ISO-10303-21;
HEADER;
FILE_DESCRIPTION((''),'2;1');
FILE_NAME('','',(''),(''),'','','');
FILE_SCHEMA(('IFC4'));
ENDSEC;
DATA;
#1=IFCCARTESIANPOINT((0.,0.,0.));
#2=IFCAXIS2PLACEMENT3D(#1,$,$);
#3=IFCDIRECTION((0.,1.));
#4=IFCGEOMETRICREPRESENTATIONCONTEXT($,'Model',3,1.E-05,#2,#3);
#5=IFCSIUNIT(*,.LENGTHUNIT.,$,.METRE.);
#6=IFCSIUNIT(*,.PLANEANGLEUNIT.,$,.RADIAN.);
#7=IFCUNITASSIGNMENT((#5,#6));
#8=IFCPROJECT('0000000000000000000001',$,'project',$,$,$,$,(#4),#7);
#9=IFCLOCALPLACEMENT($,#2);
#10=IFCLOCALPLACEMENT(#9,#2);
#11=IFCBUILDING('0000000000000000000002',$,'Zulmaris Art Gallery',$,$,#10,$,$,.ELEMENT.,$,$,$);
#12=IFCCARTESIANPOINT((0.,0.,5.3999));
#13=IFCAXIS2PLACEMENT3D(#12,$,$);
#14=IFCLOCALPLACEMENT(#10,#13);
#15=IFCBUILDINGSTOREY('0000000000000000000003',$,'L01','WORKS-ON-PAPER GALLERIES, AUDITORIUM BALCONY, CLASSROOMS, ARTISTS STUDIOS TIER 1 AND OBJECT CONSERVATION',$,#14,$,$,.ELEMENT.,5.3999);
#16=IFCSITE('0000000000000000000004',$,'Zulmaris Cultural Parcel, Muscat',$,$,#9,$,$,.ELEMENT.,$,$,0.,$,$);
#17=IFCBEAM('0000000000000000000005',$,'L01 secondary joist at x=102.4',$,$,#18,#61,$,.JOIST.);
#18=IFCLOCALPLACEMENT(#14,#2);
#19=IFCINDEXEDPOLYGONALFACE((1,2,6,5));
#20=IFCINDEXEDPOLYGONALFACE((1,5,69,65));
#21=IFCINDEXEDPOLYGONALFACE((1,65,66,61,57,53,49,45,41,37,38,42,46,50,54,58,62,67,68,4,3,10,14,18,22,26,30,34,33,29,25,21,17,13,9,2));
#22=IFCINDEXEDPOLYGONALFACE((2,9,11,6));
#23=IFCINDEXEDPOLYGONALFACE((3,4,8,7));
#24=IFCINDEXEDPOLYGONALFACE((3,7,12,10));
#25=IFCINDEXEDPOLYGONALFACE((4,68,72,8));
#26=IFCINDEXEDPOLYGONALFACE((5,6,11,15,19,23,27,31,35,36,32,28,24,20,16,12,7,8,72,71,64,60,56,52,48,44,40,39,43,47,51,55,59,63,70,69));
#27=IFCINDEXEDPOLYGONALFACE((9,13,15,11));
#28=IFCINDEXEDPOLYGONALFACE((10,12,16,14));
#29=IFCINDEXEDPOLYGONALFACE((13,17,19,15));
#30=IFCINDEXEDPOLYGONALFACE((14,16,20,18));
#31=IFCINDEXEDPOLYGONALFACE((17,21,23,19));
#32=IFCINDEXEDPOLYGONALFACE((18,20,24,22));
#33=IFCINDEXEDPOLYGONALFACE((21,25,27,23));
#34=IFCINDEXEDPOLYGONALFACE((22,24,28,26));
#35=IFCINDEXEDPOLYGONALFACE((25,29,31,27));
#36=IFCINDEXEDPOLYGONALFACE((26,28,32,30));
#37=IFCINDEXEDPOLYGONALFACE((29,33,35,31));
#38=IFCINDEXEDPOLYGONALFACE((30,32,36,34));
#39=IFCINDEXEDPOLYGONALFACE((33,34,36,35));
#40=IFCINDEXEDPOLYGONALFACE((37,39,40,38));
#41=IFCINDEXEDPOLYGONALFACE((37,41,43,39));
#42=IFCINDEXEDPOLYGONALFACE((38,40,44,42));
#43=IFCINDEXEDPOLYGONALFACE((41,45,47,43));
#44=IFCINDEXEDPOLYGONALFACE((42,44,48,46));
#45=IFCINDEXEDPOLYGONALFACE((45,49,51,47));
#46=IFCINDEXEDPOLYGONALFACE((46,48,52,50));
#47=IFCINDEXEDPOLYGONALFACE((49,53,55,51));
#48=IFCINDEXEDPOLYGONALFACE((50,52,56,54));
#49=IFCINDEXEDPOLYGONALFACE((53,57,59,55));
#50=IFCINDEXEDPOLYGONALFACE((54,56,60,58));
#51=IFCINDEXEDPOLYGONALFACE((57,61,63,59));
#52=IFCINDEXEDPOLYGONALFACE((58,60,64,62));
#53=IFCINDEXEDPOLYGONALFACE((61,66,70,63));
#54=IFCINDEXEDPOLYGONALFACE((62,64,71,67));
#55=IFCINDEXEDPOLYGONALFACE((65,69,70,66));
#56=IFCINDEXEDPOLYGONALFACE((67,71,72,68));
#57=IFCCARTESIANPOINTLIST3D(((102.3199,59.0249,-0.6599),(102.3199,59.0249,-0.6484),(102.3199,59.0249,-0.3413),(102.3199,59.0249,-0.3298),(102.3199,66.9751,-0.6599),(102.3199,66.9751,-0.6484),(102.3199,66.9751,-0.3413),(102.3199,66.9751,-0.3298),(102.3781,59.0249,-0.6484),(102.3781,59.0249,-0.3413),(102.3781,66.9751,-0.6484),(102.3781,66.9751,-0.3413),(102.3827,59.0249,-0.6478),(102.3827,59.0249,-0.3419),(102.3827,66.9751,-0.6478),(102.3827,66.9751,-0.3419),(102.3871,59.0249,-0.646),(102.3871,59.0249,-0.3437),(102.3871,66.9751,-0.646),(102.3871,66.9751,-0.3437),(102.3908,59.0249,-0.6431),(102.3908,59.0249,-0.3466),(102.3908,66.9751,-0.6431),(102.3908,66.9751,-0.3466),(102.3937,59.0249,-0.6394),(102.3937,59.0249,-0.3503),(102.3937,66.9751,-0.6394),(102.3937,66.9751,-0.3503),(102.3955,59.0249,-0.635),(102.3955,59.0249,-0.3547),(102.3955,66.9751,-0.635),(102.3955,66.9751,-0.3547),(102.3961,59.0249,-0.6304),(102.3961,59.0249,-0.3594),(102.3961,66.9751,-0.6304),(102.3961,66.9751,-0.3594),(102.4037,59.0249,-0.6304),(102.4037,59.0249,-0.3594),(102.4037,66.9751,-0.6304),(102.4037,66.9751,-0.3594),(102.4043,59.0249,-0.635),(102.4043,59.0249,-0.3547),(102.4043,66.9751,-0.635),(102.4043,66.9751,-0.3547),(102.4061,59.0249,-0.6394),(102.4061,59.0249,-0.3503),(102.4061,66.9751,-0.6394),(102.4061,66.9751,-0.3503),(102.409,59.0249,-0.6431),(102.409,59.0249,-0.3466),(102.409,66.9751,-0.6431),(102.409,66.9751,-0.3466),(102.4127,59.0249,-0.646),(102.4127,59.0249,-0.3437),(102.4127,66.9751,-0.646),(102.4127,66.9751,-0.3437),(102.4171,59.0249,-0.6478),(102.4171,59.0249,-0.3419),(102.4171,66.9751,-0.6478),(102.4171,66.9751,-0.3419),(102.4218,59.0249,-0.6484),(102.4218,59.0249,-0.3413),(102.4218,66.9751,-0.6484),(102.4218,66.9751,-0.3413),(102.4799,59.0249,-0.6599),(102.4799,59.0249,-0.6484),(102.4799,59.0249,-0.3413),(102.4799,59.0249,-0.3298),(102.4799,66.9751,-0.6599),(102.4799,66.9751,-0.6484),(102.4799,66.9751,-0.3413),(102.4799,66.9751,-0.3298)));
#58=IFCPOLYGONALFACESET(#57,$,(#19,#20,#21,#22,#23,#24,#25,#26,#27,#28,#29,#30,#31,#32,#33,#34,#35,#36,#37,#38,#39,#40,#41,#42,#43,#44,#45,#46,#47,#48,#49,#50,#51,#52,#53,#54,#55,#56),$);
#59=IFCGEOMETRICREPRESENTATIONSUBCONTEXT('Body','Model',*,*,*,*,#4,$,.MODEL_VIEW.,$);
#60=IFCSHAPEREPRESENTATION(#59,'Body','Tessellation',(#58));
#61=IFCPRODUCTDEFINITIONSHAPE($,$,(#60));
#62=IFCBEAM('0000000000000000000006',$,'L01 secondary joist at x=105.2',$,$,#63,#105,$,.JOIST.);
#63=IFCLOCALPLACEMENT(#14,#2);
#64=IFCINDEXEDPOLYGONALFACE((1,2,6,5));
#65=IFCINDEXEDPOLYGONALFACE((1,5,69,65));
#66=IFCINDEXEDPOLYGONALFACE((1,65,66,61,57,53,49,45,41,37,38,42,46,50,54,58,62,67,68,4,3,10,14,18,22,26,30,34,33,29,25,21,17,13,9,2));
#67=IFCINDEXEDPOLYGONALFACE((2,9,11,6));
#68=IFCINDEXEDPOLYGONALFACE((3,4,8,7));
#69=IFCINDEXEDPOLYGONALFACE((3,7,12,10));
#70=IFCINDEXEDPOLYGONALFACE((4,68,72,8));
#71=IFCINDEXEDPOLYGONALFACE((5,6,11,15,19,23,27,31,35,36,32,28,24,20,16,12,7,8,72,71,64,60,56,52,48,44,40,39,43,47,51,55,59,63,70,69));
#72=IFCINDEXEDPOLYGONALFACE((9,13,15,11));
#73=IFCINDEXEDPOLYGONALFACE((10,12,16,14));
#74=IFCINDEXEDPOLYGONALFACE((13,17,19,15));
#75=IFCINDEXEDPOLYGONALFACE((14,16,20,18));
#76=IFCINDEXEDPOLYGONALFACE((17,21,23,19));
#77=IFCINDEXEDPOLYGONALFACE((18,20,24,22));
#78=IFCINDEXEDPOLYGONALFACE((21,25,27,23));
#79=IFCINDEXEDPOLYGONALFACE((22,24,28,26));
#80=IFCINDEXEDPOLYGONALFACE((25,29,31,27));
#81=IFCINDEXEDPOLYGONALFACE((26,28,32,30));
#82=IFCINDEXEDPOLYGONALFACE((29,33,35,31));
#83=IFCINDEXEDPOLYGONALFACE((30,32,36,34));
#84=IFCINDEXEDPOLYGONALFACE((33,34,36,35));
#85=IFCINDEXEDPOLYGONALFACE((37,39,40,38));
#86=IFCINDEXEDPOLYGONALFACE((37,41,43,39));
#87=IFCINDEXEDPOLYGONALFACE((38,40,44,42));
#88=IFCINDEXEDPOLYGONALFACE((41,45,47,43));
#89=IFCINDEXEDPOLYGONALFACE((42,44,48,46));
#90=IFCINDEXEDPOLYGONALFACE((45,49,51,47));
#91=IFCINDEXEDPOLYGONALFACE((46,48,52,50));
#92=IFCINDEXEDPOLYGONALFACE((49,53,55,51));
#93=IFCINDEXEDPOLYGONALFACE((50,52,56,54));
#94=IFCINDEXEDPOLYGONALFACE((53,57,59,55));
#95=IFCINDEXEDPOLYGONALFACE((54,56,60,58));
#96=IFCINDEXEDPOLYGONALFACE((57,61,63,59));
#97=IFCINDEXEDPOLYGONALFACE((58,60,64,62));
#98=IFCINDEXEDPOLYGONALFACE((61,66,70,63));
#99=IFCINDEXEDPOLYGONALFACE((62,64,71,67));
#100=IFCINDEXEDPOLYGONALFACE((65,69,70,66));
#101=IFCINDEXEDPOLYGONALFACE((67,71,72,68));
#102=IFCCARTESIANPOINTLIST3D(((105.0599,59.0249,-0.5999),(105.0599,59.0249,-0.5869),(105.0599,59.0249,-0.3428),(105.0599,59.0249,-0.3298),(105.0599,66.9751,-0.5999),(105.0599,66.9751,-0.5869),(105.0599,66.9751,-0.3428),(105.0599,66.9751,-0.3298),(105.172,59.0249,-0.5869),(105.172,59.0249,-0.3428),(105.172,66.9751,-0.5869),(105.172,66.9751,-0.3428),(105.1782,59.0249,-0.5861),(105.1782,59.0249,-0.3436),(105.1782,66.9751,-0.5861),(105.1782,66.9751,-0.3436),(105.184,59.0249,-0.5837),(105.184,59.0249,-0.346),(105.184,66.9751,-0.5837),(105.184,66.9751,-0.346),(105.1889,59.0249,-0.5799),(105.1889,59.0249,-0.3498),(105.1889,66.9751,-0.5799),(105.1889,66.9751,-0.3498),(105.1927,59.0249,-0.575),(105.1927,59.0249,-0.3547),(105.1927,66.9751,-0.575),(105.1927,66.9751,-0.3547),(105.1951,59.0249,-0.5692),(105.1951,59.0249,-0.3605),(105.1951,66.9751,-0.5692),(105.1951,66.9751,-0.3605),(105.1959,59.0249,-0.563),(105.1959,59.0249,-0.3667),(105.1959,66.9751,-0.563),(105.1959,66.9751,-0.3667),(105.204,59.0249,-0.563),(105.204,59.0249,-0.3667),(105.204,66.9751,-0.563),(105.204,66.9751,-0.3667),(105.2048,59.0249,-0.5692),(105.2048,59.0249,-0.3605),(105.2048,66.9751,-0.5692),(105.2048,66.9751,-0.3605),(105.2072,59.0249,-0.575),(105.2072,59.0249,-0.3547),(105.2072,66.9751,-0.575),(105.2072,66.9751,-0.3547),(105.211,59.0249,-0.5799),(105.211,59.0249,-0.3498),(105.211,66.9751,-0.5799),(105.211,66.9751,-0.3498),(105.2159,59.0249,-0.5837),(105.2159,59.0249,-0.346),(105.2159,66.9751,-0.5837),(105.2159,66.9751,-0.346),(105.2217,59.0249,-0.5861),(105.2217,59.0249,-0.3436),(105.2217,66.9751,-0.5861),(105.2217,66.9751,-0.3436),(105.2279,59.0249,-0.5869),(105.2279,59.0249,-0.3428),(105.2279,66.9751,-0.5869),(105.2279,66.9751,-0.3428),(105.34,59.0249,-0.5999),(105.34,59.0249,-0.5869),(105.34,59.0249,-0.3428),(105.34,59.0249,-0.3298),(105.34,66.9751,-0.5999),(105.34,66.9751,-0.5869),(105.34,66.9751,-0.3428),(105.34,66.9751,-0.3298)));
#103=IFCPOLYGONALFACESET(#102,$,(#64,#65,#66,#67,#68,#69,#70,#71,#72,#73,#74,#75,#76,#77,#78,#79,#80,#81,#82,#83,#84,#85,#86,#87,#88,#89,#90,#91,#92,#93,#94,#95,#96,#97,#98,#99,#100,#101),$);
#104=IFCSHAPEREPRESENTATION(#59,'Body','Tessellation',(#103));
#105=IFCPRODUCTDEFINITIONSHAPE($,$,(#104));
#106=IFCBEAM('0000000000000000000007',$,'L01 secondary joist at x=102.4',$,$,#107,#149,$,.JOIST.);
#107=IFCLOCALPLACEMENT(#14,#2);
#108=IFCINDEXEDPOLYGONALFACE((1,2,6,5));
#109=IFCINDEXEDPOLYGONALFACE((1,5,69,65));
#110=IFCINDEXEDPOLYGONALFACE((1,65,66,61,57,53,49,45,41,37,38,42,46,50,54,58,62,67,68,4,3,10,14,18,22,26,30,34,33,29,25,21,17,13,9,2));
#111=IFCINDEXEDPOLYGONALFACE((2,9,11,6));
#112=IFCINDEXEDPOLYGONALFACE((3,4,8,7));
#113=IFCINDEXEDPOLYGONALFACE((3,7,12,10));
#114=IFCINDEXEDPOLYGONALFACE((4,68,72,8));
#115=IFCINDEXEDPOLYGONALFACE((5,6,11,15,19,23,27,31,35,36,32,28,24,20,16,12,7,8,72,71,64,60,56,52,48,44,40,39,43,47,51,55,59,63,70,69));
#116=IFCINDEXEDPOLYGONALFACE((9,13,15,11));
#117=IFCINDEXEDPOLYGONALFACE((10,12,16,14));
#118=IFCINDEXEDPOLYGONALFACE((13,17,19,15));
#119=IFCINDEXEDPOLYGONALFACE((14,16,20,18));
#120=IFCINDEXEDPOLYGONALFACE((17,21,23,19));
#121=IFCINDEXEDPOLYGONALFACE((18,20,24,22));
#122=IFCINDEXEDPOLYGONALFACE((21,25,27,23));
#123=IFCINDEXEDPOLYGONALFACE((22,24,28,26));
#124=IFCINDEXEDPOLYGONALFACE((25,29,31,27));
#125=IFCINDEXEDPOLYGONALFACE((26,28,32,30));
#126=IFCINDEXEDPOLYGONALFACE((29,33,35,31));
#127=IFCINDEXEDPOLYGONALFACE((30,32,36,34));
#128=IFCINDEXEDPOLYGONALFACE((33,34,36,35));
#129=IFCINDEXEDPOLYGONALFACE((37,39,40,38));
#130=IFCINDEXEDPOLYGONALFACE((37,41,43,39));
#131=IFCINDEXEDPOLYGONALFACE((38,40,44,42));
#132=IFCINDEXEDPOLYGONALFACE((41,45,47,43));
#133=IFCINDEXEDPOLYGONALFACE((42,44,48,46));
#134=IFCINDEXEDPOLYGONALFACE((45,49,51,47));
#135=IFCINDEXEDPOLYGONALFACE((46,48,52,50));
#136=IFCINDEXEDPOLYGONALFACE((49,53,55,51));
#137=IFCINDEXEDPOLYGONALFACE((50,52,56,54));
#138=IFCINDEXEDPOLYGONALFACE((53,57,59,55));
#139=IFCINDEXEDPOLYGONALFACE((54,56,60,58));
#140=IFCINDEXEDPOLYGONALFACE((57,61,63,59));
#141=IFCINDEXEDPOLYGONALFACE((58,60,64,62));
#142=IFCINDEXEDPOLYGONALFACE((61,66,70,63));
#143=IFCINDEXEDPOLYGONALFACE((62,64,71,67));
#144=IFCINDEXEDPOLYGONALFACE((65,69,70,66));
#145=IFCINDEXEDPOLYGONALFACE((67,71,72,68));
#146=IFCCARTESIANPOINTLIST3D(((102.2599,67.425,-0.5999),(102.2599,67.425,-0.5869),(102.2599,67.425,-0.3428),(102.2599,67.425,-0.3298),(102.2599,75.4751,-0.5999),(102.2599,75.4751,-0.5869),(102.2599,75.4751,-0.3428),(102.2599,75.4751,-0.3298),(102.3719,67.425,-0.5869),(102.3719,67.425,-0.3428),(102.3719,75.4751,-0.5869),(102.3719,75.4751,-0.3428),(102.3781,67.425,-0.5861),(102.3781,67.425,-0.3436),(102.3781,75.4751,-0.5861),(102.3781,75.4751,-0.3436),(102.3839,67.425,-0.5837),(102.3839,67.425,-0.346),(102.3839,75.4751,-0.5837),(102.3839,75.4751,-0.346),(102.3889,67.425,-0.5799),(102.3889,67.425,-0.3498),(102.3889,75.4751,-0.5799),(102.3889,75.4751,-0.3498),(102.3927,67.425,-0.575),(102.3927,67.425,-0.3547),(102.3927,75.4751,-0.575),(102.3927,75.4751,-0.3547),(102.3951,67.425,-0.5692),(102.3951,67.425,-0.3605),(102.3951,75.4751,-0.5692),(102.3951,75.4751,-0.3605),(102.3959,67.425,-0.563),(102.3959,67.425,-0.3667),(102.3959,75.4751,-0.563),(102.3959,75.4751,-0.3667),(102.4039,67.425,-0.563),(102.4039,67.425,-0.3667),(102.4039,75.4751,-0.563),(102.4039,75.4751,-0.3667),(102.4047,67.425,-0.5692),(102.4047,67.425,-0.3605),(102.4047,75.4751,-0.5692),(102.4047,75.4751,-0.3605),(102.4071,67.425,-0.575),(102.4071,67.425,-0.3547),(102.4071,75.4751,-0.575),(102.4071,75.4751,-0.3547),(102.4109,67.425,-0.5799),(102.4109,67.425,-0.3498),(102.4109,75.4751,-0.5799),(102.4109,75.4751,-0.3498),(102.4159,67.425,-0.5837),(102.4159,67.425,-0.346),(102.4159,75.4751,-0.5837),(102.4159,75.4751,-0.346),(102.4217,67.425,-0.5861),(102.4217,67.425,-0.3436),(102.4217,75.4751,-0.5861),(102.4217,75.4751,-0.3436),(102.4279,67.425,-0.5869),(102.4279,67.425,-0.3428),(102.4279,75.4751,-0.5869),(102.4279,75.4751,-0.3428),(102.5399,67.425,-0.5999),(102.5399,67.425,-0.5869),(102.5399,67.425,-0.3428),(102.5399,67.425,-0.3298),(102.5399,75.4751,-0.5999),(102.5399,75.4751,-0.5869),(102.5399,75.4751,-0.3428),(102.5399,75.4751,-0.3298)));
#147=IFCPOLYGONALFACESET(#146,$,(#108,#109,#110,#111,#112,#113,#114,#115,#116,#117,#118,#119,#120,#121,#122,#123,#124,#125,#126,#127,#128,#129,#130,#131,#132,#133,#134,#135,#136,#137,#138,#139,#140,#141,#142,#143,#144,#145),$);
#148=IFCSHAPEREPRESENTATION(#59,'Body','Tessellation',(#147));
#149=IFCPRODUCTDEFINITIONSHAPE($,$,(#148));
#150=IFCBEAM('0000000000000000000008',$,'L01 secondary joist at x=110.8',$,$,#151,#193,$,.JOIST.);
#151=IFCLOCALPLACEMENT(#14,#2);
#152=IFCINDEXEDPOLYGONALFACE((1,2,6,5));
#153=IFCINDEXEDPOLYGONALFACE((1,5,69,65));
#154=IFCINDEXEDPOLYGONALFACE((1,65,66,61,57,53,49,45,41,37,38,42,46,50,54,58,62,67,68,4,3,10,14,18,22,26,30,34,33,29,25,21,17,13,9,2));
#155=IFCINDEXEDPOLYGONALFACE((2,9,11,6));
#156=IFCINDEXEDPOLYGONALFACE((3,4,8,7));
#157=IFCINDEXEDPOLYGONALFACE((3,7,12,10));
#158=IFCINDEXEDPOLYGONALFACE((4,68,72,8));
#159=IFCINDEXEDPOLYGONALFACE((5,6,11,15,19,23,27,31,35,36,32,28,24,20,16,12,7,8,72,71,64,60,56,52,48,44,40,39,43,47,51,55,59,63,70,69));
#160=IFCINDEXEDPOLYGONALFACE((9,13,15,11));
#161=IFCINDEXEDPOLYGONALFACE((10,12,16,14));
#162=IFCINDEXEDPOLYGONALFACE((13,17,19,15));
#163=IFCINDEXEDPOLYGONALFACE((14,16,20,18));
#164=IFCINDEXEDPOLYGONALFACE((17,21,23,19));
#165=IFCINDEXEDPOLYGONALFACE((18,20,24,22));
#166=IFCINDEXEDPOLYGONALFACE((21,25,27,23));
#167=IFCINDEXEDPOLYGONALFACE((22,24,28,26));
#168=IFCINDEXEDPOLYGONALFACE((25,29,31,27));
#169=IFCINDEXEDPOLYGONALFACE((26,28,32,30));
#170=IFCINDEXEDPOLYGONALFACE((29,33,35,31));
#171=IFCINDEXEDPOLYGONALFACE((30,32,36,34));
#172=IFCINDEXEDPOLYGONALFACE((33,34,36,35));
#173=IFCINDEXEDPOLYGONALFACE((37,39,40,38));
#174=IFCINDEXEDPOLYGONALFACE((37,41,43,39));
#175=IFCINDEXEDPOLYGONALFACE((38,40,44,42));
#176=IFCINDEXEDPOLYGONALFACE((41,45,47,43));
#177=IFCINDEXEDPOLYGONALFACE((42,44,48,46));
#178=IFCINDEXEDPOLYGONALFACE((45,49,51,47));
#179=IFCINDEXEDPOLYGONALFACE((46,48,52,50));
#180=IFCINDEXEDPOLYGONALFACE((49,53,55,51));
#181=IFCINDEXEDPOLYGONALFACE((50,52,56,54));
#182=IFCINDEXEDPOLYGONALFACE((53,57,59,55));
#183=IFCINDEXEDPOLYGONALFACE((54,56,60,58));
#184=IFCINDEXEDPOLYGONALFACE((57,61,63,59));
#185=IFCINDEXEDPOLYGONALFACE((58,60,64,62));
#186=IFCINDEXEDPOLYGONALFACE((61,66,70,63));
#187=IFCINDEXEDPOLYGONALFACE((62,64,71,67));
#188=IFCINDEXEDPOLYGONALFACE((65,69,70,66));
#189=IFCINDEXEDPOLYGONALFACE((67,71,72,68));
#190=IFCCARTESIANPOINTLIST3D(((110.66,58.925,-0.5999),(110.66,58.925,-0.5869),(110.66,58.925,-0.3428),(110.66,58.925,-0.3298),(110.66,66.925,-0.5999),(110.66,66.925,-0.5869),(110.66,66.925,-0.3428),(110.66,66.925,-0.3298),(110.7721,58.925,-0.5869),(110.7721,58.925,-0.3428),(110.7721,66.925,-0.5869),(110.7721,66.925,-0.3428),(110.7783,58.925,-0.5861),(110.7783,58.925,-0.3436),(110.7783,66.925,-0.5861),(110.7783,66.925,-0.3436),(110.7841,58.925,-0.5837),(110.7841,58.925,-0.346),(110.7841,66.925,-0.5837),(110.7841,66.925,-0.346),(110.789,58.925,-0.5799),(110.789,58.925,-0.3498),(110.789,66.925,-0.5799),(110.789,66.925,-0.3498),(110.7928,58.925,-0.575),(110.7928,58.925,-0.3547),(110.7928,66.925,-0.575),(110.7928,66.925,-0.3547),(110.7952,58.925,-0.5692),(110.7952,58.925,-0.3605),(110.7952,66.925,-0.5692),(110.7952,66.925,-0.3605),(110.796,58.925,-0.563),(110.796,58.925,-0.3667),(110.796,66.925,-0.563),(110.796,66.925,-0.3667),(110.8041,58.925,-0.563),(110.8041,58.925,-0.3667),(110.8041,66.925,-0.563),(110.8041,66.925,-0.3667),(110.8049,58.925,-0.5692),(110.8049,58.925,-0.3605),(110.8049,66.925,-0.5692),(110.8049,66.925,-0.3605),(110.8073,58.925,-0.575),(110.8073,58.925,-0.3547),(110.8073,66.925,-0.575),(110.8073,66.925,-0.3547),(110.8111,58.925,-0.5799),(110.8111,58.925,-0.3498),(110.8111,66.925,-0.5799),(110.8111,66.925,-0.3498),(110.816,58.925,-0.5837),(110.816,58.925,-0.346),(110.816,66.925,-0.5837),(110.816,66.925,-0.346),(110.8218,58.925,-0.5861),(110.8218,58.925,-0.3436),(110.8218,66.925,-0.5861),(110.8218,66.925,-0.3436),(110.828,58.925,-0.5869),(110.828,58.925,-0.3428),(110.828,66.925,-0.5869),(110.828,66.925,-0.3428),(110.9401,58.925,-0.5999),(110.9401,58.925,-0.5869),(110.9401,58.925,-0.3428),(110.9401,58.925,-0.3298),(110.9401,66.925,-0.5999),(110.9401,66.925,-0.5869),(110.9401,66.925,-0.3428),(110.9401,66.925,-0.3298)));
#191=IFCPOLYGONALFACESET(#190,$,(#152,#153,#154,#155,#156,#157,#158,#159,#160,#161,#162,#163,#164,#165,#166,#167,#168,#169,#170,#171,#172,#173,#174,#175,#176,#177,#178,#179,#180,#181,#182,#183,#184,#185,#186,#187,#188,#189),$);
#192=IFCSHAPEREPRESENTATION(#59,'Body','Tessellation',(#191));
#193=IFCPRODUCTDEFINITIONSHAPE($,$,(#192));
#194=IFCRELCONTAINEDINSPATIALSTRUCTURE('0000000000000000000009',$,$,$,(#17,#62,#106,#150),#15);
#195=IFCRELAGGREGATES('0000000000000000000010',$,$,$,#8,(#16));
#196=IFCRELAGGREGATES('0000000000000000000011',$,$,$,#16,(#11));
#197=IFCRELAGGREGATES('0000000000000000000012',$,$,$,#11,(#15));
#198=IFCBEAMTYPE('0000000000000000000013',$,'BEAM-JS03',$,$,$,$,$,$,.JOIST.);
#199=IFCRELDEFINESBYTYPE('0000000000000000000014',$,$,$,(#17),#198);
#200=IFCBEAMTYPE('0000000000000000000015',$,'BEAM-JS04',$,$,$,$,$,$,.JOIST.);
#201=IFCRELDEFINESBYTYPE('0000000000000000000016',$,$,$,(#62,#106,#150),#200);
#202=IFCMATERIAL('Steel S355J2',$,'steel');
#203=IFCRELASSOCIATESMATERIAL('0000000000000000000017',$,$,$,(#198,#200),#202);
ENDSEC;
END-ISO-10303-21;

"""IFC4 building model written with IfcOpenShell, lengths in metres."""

from ifc_helpers import new_model, si_unit, direction, frame, origin, origin_2d, place, context, subcontext, project, spatial, i_section, extrude, material, material_profile, profile_set, type_object, element, save


model = new_model("IFC4")

# Units and contexts
model_context = context("Model", 3, precision=1e-05, world=origin(), true_north=direction((0.0, 1.0)))
body_context = subcontext(model_context, "Body", "Model", "MODEL_VIEW")
ifc_project = project(units=[si_unit("LENGTHUNIT", "METRE"), si_unit("PLANEANGLEUNIT", "RADIAN")], contexts=[model_context])

# Site, building, storey
site_placement = place(None, origin())
site = spatial("IfcSite", under=ifc_project, at=site_placement, Name="Zulmaris Cultural Parcel, Muscat", CompositionType="ELEMENT", RefElevation=0.0)
building_placement = place(site_placement, origin())
building = spatial("IfcBuilding", under=site, at=building_placement, Name="Zulmaris Art Gallery", CompositionType="ELEMENT")
storey_placement = place(building_placement, frame((0.0, 0.0, 5.3999)))
storey = spatial("IfcBuildingStorey", under=building, at=storey_placement, Name="L01", Description="WORKS-ON-PAPER GALLERIES, AUDITORIUM BALCONY, CLASSROOMS, ARTISTS STUDIOS TIER 1 AND OBJECT CONSERVATION", CompositionType="ELEMENT", Elevation=5.3999)

# Beams
ifc_material_1 = material(Name="Steel S355J2", Category="steel")
ifc_material_profile_1 = material_profile(ifc_material_1, i_section(OverallWidth=0.1599, OverallDepth=0.3301, WebThickness=0.0076, FlangeThickness=0.0115, FilletRadius=0.0181, at=origin_2d()), Name="IPE 330")
ifc_profile_set_1 = profile_set([ifc_material_profile_1], Name="Steel S355J2")
beam_type_1 = type_object("IfcBeamType", Name="BEAM-JS03", PredefinedType="JOIST", material=ifc_profile_set_1)
beam_1_placement = place(storey_placement, frame((102.3999, 59.0249, -0.4949), z_axis=(0.0, 1.0, 0.0), x_axis=(-1.0, 0.0, 0.0)))
element("IfcBeam", 1, at=beam_1_placement, inside=storey, type_object=beam_type_1, Name="L01 secondary joist at x=102.4", PredefinedType="JOIST", context=body_context, shape_type="SweptSolid", body=[
    extrude(i_section(OverallWidth=0.1599, OverallDepth=0.3301, WebThickness=0.0076, FlangeThickness=0.0115, FilletRadius=0.0181, at=origin_2d()), origin(), (0.0, 0.0, 1.0), 7.9502),
])
ifc_material_profile_2 = material_profile(ifc_material_1, i_section(OverallWidth=0.28, OverallDepth=0.27, WebThickness=0.0081, FlangeThickness=0.0129, FilletRadius=0.0239, at=origin_2d()), Name="HEA 280")
ifc_profile_set_2 = profile_set([ifc_material_profile_2], Name="Steel S355J2")
beam_type_2 = type_object("IfcBeamType", Name="BEAM-JS04", PredefinedType="JOIST", material=ifc_profile_set_2)
beam_2_placement = place(storey_placement, frame((105.2, 59.0249, -0.4648), z_axis=(0.0, 1.0, 0.0), x_axis=(-1.0, 0.0, 0.0)))
element("IfcBeam", 2, at=beam_2_placement, inside=storey, type_object=beam_type_2, Name="L01 secondary joist at x=105.2", PredefinedType="JOIST", context=body_context, shape_type="SweptSolid", body=[
    extrude(i_section(OverallWidth=0.28, OverallDepth=0.27, WebThickness=0.0081, FlangeThickness=0.0129, FilletRadius=0.0239, at=origin_2d()), origin(), (0.0, 0.0, 1.0), 7.9502),
])
beam_3_placement = place(storey_placement, frame((102.3999, 67.425, -0.4648), z_axis=(0.0, 1.0, 0.0), x_axis=(-1.0, 0.0, 0.0)))
element("IfcBeam", 3, at=beam_3_placement, inside=storey, type_object=beam_type_2, Name="L01 secondary joist at x=102.4", PredefinedType="JOIST", context=body_context, shape_type="SweptSolid", body=[
    extrude(i_section(OverallWidth=0.28, OverallDepth=0.27, WebThickness=0.0081, FlangeThickness=0.0129, FilletRadius=0.0239, at=origin_2d()), origin(), (0.0, 0.0, 1.0), 8.05),
])
beam_4_placement = place(storey_placement, frame((110.8, 58.925, -0.4648), z_axis=(0.0, 1.0, 0.0), x_axis=(-1.0, 0.0, 0.0)))
element("IfcBeam", 4, at=beam_4_placement, inside=storey, type_object=beam_type_2, Name="L01 secondary joist at x=110.8", PredefinedType="JOIST", context=body_context, shape_type="SweptSolid", body=[
    extrude(i_section(OverallWidth=0.28, OverallDepth=0.27, WebThickness=0.0081, FlangeThickness=0.0129, FilletRadius=0.0239, at=origin_2d()), origin(), (0.0, 0.0, 1.0), 8.0),
])

save(model, "model.ifc")
